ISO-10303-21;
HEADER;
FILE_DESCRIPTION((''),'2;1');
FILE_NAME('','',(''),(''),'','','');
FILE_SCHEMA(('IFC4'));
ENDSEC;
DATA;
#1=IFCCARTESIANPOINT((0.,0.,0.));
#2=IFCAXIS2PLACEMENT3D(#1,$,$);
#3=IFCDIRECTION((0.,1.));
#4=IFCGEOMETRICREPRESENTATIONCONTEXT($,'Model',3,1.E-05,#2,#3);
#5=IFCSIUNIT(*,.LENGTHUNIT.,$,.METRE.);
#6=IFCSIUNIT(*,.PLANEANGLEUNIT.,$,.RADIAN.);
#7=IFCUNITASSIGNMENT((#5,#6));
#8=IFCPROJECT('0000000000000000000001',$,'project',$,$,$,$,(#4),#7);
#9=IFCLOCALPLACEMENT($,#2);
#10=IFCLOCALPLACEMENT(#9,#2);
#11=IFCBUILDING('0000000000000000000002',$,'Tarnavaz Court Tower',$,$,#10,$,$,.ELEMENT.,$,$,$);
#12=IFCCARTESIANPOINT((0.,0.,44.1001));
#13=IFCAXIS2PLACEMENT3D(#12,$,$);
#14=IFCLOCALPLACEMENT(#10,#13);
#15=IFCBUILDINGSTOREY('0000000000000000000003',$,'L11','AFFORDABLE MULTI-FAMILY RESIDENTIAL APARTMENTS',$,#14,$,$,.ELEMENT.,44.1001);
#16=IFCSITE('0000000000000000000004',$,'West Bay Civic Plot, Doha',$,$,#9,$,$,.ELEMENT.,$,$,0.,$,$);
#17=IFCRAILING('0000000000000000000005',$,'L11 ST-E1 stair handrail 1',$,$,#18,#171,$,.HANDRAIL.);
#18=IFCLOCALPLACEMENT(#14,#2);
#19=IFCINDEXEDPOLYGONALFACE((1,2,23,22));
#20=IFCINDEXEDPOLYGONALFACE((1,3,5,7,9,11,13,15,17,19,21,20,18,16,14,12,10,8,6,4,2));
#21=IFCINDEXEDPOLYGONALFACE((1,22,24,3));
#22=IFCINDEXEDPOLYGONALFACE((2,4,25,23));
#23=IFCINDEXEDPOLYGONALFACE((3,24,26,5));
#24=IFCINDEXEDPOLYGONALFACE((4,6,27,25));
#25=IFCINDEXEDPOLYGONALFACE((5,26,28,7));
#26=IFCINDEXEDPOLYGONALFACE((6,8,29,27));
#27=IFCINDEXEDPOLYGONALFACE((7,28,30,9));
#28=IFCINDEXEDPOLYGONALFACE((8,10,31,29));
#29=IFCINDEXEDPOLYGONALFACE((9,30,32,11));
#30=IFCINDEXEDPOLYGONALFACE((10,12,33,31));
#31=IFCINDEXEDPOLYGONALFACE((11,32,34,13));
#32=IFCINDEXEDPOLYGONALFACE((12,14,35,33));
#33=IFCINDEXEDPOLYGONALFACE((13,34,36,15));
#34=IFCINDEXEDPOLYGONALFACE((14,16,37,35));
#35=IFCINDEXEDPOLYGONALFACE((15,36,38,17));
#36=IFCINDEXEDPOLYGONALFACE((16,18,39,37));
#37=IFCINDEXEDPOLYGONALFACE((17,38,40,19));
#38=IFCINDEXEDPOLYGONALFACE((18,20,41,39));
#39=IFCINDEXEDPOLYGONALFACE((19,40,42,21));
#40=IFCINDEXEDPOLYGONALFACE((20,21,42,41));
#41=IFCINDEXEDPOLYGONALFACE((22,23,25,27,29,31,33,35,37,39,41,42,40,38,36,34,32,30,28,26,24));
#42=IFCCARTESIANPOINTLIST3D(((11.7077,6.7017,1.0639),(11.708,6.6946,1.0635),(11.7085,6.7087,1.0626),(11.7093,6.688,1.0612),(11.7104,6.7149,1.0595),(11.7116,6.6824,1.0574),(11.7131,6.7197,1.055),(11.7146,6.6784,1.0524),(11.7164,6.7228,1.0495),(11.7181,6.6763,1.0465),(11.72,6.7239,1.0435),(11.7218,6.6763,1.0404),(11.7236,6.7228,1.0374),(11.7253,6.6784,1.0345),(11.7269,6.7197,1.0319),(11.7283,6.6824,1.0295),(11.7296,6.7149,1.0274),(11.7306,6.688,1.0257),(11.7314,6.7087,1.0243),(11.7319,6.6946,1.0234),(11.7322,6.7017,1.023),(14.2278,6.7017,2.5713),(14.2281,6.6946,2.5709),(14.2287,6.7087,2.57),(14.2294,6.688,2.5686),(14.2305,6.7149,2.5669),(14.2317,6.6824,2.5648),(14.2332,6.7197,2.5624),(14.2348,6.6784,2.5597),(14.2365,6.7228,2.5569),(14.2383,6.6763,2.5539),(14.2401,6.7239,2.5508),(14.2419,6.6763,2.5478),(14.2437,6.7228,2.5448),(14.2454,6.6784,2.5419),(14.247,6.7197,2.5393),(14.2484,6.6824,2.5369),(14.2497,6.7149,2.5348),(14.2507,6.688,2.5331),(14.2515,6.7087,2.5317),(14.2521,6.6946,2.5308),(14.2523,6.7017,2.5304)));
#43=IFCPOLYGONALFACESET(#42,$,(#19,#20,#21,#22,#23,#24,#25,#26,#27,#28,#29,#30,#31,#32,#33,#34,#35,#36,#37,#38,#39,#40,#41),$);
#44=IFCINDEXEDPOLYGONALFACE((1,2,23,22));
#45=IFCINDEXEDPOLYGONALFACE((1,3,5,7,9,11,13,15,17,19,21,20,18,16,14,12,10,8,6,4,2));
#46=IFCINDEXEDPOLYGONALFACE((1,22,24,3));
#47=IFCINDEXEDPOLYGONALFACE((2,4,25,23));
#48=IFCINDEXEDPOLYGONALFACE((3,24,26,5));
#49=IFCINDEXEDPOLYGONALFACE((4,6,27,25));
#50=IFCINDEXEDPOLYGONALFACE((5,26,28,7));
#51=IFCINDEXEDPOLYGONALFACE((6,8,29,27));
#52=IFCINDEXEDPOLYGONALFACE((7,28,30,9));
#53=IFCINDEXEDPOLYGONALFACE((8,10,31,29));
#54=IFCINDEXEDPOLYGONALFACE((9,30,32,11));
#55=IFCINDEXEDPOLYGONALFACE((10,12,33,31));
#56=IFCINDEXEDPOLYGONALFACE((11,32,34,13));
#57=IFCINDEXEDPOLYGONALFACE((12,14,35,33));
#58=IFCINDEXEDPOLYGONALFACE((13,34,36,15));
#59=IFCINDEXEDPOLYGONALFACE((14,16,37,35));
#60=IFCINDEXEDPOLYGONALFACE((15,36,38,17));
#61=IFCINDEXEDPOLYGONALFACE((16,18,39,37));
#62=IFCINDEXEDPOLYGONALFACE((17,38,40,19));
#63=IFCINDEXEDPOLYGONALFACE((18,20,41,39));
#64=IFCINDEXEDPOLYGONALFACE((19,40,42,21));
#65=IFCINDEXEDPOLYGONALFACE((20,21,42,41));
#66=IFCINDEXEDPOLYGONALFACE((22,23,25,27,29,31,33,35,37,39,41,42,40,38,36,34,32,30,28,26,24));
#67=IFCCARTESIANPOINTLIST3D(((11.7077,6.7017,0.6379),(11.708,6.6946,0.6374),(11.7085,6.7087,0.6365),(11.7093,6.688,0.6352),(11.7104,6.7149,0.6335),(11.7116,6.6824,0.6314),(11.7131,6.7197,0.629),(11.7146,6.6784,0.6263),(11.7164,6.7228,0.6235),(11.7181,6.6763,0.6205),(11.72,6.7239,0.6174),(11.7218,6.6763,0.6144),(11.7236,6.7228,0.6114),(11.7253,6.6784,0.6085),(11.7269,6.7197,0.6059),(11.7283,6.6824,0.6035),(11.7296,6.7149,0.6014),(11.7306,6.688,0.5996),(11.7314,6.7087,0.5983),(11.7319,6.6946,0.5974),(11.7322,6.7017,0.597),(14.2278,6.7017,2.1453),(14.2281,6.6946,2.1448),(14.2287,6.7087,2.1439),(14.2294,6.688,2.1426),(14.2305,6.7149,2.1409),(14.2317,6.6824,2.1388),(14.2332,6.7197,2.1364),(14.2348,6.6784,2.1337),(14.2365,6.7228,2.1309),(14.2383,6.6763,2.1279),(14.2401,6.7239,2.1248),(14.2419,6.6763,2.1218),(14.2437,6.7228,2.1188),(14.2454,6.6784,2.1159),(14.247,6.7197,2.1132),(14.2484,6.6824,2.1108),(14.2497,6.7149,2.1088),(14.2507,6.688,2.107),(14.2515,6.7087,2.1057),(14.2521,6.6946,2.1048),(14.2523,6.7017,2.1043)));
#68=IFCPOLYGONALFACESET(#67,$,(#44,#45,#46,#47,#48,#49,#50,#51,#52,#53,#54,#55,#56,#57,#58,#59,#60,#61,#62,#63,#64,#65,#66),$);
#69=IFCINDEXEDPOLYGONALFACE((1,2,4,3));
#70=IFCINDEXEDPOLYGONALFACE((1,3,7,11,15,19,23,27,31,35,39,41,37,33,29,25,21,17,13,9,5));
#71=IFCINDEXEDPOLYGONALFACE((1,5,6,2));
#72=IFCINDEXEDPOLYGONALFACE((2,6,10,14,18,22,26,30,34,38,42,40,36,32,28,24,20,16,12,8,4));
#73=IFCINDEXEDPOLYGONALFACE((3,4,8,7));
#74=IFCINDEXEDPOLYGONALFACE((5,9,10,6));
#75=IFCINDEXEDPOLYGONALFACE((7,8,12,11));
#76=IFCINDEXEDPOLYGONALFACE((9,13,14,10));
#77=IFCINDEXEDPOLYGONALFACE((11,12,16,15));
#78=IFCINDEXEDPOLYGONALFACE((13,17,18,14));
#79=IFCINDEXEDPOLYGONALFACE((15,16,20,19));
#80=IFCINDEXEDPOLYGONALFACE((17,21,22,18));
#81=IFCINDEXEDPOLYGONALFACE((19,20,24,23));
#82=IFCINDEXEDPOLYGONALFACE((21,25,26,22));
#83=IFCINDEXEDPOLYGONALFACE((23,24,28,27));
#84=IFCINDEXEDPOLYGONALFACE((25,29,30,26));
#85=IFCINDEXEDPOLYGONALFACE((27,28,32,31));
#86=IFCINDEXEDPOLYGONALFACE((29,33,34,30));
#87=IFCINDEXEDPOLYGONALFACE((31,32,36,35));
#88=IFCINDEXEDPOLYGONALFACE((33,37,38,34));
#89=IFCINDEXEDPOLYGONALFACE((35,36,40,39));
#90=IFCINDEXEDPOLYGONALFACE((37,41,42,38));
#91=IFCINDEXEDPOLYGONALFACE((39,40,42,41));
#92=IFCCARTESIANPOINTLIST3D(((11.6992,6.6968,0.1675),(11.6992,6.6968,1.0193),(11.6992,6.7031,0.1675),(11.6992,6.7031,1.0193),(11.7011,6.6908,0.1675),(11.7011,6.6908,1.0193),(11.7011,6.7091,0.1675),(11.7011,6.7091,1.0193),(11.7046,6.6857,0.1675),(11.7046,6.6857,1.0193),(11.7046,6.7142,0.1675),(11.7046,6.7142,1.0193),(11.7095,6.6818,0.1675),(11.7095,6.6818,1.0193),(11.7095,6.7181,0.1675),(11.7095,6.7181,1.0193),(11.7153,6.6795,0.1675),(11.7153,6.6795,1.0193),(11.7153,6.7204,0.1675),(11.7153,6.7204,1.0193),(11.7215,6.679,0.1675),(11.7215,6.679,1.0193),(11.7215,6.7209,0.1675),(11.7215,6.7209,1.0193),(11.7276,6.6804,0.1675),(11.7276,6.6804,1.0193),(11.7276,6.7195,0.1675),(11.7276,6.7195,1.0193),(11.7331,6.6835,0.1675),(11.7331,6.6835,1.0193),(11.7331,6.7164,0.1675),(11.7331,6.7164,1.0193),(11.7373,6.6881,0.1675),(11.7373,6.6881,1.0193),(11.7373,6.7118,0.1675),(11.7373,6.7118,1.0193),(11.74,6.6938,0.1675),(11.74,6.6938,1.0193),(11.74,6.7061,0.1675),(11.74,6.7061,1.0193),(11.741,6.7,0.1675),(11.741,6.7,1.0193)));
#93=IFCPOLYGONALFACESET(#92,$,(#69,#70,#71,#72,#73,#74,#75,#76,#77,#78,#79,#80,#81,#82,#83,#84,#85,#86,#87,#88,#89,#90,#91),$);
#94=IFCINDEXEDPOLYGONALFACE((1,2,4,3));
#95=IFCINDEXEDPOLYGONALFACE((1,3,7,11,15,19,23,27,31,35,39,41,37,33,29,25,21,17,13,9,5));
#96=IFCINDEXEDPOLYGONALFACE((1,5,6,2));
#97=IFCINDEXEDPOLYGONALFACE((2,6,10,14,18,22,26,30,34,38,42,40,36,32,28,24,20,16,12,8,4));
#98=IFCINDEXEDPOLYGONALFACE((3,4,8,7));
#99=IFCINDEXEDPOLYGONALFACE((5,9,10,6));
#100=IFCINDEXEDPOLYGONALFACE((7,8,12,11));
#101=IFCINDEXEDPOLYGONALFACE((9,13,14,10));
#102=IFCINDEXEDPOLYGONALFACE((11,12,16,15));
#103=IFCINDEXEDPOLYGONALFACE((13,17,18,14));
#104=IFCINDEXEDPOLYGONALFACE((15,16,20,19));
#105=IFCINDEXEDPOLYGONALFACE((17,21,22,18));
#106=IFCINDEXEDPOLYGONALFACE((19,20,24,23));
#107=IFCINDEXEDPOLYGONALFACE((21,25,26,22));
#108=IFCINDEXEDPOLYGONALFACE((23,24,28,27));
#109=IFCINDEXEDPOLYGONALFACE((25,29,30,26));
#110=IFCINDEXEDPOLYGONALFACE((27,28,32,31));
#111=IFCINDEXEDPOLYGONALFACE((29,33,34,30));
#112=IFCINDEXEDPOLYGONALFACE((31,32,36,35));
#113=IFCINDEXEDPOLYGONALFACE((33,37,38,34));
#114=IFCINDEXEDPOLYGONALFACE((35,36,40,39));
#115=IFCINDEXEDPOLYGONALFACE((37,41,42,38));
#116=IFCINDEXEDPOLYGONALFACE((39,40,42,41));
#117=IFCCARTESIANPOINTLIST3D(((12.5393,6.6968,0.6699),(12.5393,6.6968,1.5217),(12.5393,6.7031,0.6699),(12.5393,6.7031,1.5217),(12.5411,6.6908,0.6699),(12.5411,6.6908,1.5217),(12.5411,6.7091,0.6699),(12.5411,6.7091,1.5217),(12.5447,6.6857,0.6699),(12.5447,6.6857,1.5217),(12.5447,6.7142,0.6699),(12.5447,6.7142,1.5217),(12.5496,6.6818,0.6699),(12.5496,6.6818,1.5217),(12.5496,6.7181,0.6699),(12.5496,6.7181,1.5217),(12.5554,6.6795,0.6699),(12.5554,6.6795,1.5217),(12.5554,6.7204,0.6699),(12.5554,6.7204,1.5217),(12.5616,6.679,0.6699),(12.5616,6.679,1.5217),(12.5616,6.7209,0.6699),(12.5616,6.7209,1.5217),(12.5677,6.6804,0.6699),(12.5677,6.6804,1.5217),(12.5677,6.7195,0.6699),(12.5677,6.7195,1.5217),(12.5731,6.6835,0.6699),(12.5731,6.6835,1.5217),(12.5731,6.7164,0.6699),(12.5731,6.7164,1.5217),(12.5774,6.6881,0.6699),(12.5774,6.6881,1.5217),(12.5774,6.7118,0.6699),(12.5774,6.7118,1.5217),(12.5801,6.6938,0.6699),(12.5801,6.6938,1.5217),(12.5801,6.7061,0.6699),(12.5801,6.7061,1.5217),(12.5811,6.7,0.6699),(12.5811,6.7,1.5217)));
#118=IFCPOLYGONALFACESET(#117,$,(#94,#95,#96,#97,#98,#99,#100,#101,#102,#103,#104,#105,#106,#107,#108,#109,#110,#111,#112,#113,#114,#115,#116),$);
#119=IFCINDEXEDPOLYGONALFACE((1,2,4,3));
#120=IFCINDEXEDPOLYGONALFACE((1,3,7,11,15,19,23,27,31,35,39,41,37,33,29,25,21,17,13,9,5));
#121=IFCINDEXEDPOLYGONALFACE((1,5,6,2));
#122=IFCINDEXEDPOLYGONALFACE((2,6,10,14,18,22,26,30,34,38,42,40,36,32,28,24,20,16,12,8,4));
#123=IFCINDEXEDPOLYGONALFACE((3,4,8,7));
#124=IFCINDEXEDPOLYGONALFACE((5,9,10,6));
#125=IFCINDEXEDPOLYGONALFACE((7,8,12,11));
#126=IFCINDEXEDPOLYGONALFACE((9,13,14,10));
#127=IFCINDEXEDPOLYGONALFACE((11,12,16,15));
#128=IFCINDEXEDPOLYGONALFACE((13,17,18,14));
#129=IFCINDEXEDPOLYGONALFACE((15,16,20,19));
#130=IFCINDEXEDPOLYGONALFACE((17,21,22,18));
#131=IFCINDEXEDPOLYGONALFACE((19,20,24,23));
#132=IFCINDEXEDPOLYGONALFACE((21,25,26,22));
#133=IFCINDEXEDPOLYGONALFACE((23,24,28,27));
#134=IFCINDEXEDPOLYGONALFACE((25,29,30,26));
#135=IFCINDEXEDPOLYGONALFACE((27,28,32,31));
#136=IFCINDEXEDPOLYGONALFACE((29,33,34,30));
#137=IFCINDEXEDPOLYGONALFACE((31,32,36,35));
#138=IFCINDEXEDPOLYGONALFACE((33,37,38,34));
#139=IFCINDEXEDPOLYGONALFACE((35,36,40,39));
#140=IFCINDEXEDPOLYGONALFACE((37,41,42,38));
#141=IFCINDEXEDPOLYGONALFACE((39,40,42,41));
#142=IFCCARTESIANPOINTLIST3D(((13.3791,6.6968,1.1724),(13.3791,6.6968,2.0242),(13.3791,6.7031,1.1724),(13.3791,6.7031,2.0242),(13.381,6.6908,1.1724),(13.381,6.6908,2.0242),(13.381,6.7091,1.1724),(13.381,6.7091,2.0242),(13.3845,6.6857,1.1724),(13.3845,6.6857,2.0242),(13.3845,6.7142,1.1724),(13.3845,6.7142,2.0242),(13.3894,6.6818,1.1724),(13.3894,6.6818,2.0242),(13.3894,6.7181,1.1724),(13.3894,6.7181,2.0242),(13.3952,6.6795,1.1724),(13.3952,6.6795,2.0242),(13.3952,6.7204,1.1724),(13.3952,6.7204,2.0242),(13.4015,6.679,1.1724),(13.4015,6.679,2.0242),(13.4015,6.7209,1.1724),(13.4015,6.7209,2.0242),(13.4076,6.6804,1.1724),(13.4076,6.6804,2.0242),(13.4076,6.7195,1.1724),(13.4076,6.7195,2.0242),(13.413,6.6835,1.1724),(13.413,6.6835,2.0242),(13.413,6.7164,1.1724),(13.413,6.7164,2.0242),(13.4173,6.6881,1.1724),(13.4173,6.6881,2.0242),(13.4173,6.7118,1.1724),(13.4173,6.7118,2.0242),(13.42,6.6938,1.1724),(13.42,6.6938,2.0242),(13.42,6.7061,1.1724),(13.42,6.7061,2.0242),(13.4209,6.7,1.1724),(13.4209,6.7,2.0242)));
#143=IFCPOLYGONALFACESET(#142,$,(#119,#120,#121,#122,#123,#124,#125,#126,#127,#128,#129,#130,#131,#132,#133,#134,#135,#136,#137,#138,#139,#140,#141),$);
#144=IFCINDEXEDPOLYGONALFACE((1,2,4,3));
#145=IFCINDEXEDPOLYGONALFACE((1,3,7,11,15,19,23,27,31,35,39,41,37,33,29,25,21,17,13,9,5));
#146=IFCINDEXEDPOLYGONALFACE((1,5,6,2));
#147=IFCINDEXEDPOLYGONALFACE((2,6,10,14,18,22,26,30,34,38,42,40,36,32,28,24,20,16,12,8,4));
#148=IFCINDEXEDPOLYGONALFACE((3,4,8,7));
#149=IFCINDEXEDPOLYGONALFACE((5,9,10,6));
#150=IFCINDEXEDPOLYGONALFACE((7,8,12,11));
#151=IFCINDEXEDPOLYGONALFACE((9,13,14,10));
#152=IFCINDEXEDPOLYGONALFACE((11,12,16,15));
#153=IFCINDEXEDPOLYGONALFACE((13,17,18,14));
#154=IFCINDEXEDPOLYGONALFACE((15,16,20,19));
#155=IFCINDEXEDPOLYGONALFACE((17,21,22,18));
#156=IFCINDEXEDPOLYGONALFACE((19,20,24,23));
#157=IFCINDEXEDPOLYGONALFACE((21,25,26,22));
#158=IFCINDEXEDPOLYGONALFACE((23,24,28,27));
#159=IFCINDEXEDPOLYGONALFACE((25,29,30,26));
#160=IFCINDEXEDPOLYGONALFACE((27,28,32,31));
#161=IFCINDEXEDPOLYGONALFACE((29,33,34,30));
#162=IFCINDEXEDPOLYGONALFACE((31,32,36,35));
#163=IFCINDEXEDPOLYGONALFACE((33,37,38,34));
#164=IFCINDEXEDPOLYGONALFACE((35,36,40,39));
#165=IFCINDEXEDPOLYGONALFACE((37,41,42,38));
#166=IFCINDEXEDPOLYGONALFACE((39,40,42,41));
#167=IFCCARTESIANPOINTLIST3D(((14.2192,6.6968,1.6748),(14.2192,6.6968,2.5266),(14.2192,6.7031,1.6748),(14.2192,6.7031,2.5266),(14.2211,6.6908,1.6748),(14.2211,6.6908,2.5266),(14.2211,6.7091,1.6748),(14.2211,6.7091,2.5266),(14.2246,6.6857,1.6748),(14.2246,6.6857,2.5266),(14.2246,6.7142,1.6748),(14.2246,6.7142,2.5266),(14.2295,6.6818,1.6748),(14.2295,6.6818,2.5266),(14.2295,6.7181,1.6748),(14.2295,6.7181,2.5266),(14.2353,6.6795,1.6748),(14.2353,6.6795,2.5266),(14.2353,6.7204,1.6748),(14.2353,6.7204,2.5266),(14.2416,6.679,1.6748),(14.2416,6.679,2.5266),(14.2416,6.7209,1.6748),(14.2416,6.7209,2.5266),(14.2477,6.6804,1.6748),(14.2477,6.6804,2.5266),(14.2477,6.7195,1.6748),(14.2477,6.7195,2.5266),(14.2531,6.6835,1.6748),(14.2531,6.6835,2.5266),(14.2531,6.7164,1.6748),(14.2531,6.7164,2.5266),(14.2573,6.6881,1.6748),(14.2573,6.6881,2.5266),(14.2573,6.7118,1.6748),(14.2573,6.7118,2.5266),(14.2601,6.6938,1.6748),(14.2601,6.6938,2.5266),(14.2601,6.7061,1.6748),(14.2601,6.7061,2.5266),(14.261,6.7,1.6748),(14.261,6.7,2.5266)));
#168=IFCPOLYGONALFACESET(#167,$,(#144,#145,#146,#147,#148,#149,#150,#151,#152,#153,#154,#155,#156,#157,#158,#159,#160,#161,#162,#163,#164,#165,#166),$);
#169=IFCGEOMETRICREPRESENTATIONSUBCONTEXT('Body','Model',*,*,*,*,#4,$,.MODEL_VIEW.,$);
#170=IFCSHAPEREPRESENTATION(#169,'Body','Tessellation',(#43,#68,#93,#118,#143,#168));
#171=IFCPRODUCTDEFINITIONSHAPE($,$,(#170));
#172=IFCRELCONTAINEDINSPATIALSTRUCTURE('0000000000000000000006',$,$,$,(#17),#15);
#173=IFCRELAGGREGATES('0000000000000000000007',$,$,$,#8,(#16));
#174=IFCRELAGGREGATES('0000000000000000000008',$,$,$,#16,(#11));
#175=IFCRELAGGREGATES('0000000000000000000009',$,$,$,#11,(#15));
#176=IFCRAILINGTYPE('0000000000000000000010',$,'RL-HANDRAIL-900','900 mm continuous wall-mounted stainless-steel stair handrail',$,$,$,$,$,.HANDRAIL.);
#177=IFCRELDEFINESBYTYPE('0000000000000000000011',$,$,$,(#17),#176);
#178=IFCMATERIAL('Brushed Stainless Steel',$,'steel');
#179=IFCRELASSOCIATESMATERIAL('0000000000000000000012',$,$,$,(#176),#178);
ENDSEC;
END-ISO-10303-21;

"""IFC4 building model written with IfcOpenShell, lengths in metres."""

from ifc_helpers import new_model, si_unit, direction, frame, origin, origin_2d, place, context, subcontext, project, spatial, circle, extrude, material, type_object, element, save


model = new_model("IFC4")

# Units and contexts
model_context = context("Model", 3, precision=1e-05, world=origin(), true_north=direction((0.0, 1.0)))
body_context = subcontext(model_context, "Body", "Model", "MODEL_VIEW")
ifc_project = project(units=[si_unit("LENGTHUNIT", "METRE"), si_unit("PLANEANGLEUNIT", "RADIAN")], contexts=[model_context])

# Site, building, storey
site_placement = place(None, origin())
site = spatial("IfcSite", under=ifc_project, at=site_placement, Name="West Bay Civic Plot, Doha", CompositionType="ELEMENT", RefElevation=0.0)
building_placement = place(site_placement, origin())
building = spatial("IfcBuilding", under=site, at=building_placement, Name="Tarnavaz Court Tower", CompositionType="ELEMENT")
storey_placement = place(building_placement, frame((0.0, 0.0, 44.1001)))
storey = spatial("IfcBuildingStorey", under=building, at=storey_placement, Name="L11", Description="AFFORDABLE MULTI-FAMILY RESIDENTIAL APARTMENTS", CompositionType="ELEMENT", Elevation=44.1001)

# Railing
ifc_material_1 = material(Name="Brushed Stainless Steel", Category="steel")
railing_type_1 = type_object("IfcRailingType", Name="RL-HANDRAIL-900", Description="900 mm continuous wall-mounted stainless-steel stair handrail", PredefinedType="HANDRAIL", material=ifc_material_1)
railing_1_placement = place(storey_placement, frame((11.72, 6.7, 0.1675)))
element("IfcRailing", 1, at=railing_1_placement, inside=storey, type_object=railing_type_1, Name="L11 ST-E1 stair handrail 1", PredefinedType="HANDRAIL", context=body_context, shape_type="SweptSolid", body=[
    extrude(circle(Radius=0.0239, at=origin_2d()), frame((0.0, 0.0, 0.876), z_axis=(0.858196, 0.0, 0.513321), x_axis=(0.0, 1.0, 0.0)), (0.0, 0.0, 1.0), 2.9365),
    extrude(circle(Radius=0.0239, at=origin_2d()), frame((0.0, 0.0, 0.45), z_axis=(0.858196, 0.0, 0.513321), x_axis=(0.0, 1.0, 0.0)), (0.0, 0.0, 1.0), 2.9365),
    extrude(circle(Radius=0.021, at=origin_2d()), origin(), (0.0, 0.0, 1.0), 0.8518),
    extrude(circle(Radius=0.021, at=origin_2d()), frame((0.8401, 0.0, 0.5024)), (0.0, 0.0, 1.0), 0.8518),
    extrude(circle(Radius=0.021, at=origin_2d()), frame((1.6799, 0.0, 1.0049)), (0.0, 0.0, 1.0), 0.8518),
    extrude(circle(Radius=0.021, at=origin_2d()), frame((2.52, 0.0, 1.5073)), (0.0, 0.0, 1.0), 0.8518),
])

save(model, "model.ifc")
